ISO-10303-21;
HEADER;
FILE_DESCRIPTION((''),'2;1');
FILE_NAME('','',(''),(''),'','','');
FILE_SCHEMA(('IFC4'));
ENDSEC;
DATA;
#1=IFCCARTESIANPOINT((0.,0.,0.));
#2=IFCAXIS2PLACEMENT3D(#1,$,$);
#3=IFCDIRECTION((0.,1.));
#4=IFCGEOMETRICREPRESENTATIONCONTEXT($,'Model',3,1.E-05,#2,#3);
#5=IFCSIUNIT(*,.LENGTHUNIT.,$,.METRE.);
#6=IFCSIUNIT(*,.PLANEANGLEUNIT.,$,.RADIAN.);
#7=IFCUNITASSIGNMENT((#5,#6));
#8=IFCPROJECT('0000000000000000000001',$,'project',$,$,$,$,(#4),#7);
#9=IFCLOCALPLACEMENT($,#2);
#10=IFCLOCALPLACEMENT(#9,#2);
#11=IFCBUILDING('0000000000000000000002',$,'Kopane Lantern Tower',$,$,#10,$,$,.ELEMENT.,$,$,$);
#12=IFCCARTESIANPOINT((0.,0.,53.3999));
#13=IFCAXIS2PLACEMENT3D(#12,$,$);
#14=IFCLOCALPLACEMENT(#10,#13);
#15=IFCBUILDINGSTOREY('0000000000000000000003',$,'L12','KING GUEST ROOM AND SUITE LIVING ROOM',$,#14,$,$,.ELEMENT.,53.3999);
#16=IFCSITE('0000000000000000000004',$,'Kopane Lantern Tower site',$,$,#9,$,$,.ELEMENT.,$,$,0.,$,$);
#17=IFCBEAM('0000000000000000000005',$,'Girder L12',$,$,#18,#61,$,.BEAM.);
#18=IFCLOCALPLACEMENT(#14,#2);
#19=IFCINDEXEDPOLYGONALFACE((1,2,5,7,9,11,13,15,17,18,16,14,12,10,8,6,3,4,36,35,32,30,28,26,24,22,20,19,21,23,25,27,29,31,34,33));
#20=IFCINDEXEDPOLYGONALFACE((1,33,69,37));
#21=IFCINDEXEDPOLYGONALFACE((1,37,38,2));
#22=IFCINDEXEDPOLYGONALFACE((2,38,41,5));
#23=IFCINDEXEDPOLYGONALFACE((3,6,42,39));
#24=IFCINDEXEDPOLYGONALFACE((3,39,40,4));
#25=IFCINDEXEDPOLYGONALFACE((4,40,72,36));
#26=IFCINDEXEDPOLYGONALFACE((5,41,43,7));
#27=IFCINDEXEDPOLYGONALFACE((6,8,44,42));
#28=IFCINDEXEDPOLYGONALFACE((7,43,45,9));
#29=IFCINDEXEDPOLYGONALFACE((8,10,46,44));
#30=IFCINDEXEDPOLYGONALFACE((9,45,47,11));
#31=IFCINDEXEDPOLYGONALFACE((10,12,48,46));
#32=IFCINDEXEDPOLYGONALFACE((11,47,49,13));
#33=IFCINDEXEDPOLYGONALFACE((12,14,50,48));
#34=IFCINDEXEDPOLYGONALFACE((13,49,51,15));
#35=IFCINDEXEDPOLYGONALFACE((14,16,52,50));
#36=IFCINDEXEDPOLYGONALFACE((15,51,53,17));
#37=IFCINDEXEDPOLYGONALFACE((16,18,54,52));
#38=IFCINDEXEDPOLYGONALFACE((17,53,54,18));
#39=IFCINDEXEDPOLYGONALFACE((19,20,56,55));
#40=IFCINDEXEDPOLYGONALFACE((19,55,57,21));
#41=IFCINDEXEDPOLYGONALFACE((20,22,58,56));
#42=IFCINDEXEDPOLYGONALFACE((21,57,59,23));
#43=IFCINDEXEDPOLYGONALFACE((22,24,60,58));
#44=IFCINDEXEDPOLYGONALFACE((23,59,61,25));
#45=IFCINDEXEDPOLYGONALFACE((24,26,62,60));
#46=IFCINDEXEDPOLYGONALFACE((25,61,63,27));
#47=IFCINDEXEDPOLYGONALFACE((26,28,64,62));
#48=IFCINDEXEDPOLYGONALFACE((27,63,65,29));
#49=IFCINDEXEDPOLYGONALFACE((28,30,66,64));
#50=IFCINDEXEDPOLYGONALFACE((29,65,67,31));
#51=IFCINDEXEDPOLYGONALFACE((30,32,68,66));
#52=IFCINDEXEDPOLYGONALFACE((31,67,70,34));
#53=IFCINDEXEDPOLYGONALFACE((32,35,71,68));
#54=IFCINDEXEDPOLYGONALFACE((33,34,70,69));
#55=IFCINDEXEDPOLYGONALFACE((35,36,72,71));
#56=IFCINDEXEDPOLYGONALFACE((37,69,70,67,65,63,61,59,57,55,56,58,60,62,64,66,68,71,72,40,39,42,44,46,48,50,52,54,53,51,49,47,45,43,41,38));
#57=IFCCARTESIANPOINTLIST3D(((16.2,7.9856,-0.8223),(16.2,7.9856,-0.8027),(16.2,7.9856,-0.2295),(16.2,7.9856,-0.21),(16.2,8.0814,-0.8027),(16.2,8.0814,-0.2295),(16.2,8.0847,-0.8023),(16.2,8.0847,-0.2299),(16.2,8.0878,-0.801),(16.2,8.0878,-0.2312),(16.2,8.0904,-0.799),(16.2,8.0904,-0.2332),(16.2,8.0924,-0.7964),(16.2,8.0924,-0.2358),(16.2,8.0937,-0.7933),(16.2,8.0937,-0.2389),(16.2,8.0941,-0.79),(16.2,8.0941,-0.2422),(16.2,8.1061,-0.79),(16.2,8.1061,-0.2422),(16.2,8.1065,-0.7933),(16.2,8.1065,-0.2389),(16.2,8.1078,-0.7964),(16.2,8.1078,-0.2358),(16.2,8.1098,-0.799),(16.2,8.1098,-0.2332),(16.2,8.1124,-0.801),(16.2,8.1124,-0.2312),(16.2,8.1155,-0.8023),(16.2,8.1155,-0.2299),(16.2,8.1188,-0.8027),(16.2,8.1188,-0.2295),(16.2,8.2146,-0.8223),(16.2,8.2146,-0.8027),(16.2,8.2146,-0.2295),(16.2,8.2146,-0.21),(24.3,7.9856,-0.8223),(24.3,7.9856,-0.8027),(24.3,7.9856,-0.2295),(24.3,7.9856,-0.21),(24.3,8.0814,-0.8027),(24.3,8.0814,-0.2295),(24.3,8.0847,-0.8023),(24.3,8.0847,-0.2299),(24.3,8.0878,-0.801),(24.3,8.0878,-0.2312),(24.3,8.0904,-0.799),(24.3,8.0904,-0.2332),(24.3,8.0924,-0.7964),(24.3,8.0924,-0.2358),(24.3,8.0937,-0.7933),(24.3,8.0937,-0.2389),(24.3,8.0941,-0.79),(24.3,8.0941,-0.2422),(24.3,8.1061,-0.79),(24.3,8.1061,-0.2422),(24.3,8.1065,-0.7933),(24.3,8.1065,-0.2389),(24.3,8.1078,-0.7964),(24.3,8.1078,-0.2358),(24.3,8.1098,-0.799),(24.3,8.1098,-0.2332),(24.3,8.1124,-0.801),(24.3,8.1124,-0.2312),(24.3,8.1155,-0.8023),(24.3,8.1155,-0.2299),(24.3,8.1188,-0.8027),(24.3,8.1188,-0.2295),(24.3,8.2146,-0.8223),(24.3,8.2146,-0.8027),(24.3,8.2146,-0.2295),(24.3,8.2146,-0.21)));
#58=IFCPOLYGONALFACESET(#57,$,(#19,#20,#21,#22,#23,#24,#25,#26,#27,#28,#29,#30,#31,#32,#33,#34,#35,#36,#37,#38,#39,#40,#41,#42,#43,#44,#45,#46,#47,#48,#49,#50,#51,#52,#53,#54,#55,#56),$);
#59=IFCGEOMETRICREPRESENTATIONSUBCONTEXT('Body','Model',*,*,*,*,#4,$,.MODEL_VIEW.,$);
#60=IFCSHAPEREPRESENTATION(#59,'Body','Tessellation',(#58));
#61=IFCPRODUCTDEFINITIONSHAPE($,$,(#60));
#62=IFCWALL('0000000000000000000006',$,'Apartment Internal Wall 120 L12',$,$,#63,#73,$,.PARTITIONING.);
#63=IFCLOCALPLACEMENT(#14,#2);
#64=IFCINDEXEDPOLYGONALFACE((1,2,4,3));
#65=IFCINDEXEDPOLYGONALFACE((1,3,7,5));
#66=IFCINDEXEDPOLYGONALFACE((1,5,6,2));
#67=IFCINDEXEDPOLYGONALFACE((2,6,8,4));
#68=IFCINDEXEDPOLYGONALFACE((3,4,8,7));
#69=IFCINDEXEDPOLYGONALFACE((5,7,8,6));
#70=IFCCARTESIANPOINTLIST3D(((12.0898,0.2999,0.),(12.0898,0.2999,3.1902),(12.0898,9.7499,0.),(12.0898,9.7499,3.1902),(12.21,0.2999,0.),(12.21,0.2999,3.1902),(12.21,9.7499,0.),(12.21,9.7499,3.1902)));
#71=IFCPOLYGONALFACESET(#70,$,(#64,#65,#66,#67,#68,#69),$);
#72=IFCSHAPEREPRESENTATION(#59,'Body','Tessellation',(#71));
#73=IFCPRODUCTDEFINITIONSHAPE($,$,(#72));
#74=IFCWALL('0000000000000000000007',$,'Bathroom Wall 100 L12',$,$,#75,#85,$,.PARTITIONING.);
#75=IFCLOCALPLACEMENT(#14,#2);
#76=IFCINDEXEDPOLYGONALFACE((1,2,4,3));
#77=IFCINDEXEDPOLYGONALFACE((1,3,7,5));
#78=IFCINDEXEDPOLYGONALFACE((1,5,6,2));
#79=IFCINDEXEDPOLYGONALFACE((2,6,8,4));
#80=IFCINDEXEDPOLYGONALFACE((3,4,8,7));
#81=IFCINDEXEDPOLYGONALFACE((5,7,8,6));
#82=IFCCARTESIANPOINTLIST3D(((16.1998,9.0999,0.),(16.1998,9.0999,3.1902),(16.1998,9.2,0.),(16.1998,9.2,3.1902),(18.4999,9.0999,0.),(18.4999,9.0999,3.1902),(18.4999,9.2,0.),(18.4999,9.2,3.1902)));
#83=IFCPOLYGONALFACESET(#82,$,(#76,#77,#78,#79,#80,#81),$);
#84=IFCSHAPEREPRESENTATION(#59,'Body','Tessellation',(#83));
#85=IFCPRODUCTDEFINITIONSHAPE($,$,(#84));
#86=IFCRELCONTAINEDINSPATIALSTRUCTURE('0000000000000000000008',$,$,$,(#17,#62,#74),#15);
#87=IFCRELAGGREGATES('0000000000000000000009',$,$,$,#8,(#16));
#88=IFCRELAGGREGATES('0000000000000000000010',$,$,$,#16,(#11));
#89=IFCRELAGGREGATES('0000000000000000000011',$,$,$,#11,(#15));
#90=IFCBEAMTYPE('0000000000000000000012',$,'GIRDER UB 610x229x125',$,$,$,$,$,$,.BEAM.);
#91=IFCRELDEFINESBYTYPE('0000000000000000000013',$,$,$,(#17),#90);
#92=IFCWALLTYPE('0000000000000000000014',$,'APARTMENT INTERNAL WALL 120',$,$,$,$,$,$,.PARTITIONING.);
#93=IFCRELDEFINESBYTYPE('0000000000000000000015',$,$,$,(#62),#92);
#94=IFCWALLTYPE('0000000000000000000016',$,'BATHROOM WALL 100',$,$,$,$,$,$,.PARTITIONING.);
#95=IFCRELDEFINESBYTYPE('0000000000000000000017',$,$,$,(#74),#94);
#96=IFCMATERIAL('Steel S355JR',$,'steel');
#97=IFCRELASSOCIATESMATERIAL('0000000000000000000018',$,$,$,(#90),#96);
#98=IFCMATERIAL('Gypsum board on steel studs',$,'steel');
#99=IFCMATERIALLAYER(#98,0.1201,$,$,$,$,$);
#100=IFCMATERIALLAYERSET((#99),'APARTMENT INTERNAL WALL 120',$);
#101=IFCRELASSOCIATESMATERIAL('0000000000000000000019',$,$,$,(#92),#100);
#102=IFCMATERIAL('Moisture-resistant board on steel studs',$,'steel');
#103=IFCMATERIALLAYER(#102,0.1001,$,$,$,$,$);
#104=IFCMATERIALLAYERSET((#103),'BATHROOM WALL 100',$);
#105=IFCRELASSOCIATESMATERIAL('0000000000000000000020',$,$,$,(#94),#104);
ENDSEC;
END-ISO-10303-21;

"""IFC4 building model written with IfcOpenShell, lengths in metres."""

from ifc_helpers import new_model, si_unit, direction, frame, frame_2d, origin, origin_2d, place, context, subcontext, project, spatial, rectangle, i_section, extrude, material, layer, layer_set, material_profile, profile_set, type_object, element, save


model = new_model("IFC4")

# Units and contexts
model_context = context("Model", 3, precision=1e-05, world=origin(), true_north=direction((0.0, 1.0)))
body_context = subcontext(model_context, "Body", "Model", "MODEL_VIEW")
ifc_project = project(units=[si_unit("LENGTHUNIT", "METRE"), si_unit("PLANEANGLEUNIT", "RADIAN")], contexts=[model_context])

# Site, building, storey
site_placement = place(None, origin())
site = spatial("IfcSite", under=ifc_project, at=site_placement, Name="Kopane Lantern Tower site", CompositionType="ELEMENT", RefElevation=0.0)
building_placement = place(site_placement, origin())
building = spatial("IfcBuilding", under=site, at=building_placement, Name="Kopane Lantern Tower", CompositionType="ELEMENT")
storey_placement = place(building_placement, frame((0.0, 0.0, 53.3999)))
storey = spatial("IfcBuildingStorey", under=building, at=storey_placement, Name="L12", Description="KING GUEST ROOM AND SUITE LIVING ROOM", CompositionType="ELEMENT", Elevation=53.3999)

# Beam
ifc_material_1 = material(Name="Steel S355JR", Category="steel")
ifc_material_profile_1 = material_profile(ifc_material_1, i_section(OverallWidth=0.229, OverallDepth=0.6123, WebThickness=0.012, FlangeThickness=0.0195, FilletRadius=0.0127, at=origin_2d()), Name="UB 610x229x125")
ifc_profile_set_1 = profile_set([ifc_material_profile_1], Name="Steel S355JR")
beam_type = type_object("IfcBeamType", Name="GIRDER UB 610x229x125", PredefinedType="BEAM", material=ifc_profile_set_1)
beam_1_placement = place(storey_placement, frame((16.2, 8.1001, -0.5161), z_axis=(1.0, 0.0, 0.0), x_axis=(0.0, 1.0, 0.0)))
element("IfcBeam", 1, at=beam_1_placement, inside=storey, type_object=beam_type, Name="Girder L12", PredefinedType="BEAM", context=body_context, shape_type="SweptSolid", body=[
    extrude(i_section(OverallWidth=0.229, OverallDepth=0.6123, WebThickness=0.012, FlangeThickness=0.0195, FilletRadius=0.0127, at=origin_2d()), origin(), (0.0, 0.0, 1.0), 8.1001),
])

# Walls
ifc_material_2 = material(Name="Gypsum board on steel studs", Category="steel")
ifc_layer_1 = layer(ifc_material_2, 0.1201)
ifc_layer_set_1 = layer_set([ifc_layer_1], Name="APARTMENT INTERNAL WALL 120")
wall_type_1 = type_object("IfcWallType", Name="APARTMENT INTERNAL WALL 120", PredefinedType="PARTITIONING", material=ifc_layer_set_1)
wall_1_placement = place(storey_placement, frame((12.1499, 9.75, 0.0), z_axis=(0.0, 0.0, 1.0), x_axis=(0.0, -1.0, 0.0)))
element("IfcWall", 2, at=wall_1_placement, inside=storey, type_object=wall_type_1, Name="Apartment Internal Wall 120 L12", PredefinedType="PARTITIONING", context=body_context, shape_type="SweptSolid", body=[
    extrude(rectangle(XDim=9.45, YDim=0.1201, at=frame_2d((4.7251, 0.0))), origin(), (0.0, 0.0, 1.0), 3.1902),
])
ifc_material_3 = material(Name="Moisture-resistant board on steel studs", Category="steel")
ifc_layer_2 = layer(ifc_material_3, 0.1001)
ifc_layer_set_2 = layer_set([ifc_layer_2], Name="BATHROOM WALL 100")
wall_type_2 = type_object("IfcWallType", Name="BATHROOM WALL 100", PredefinedType="PARTITIONING", material=ifc_layer_set_2)
wall_2_placement = place(storey_placement, frame((16.2, 9.1499, 0.0), z_axis=(0.0, 0.0, 1.0), x_axis=(1.0, 0.0, 0.0)))
element("IfcWall", 3, at=wall_2_placement, inside=storey, type_object=wall_type_2, Name="Bathroom Wall 100 L12", PredefinedType="PARTITIONING", context=body_context, shape_type="SweptSolid", body=[
    extrude(rectangle(XDim=2.3, YDim=0.1001, at=frame_2d((1.1499, 0.0))), origin(), (0.0, 0.0, 1.0), 3.1902),
])

save(model, "model.ifc")
